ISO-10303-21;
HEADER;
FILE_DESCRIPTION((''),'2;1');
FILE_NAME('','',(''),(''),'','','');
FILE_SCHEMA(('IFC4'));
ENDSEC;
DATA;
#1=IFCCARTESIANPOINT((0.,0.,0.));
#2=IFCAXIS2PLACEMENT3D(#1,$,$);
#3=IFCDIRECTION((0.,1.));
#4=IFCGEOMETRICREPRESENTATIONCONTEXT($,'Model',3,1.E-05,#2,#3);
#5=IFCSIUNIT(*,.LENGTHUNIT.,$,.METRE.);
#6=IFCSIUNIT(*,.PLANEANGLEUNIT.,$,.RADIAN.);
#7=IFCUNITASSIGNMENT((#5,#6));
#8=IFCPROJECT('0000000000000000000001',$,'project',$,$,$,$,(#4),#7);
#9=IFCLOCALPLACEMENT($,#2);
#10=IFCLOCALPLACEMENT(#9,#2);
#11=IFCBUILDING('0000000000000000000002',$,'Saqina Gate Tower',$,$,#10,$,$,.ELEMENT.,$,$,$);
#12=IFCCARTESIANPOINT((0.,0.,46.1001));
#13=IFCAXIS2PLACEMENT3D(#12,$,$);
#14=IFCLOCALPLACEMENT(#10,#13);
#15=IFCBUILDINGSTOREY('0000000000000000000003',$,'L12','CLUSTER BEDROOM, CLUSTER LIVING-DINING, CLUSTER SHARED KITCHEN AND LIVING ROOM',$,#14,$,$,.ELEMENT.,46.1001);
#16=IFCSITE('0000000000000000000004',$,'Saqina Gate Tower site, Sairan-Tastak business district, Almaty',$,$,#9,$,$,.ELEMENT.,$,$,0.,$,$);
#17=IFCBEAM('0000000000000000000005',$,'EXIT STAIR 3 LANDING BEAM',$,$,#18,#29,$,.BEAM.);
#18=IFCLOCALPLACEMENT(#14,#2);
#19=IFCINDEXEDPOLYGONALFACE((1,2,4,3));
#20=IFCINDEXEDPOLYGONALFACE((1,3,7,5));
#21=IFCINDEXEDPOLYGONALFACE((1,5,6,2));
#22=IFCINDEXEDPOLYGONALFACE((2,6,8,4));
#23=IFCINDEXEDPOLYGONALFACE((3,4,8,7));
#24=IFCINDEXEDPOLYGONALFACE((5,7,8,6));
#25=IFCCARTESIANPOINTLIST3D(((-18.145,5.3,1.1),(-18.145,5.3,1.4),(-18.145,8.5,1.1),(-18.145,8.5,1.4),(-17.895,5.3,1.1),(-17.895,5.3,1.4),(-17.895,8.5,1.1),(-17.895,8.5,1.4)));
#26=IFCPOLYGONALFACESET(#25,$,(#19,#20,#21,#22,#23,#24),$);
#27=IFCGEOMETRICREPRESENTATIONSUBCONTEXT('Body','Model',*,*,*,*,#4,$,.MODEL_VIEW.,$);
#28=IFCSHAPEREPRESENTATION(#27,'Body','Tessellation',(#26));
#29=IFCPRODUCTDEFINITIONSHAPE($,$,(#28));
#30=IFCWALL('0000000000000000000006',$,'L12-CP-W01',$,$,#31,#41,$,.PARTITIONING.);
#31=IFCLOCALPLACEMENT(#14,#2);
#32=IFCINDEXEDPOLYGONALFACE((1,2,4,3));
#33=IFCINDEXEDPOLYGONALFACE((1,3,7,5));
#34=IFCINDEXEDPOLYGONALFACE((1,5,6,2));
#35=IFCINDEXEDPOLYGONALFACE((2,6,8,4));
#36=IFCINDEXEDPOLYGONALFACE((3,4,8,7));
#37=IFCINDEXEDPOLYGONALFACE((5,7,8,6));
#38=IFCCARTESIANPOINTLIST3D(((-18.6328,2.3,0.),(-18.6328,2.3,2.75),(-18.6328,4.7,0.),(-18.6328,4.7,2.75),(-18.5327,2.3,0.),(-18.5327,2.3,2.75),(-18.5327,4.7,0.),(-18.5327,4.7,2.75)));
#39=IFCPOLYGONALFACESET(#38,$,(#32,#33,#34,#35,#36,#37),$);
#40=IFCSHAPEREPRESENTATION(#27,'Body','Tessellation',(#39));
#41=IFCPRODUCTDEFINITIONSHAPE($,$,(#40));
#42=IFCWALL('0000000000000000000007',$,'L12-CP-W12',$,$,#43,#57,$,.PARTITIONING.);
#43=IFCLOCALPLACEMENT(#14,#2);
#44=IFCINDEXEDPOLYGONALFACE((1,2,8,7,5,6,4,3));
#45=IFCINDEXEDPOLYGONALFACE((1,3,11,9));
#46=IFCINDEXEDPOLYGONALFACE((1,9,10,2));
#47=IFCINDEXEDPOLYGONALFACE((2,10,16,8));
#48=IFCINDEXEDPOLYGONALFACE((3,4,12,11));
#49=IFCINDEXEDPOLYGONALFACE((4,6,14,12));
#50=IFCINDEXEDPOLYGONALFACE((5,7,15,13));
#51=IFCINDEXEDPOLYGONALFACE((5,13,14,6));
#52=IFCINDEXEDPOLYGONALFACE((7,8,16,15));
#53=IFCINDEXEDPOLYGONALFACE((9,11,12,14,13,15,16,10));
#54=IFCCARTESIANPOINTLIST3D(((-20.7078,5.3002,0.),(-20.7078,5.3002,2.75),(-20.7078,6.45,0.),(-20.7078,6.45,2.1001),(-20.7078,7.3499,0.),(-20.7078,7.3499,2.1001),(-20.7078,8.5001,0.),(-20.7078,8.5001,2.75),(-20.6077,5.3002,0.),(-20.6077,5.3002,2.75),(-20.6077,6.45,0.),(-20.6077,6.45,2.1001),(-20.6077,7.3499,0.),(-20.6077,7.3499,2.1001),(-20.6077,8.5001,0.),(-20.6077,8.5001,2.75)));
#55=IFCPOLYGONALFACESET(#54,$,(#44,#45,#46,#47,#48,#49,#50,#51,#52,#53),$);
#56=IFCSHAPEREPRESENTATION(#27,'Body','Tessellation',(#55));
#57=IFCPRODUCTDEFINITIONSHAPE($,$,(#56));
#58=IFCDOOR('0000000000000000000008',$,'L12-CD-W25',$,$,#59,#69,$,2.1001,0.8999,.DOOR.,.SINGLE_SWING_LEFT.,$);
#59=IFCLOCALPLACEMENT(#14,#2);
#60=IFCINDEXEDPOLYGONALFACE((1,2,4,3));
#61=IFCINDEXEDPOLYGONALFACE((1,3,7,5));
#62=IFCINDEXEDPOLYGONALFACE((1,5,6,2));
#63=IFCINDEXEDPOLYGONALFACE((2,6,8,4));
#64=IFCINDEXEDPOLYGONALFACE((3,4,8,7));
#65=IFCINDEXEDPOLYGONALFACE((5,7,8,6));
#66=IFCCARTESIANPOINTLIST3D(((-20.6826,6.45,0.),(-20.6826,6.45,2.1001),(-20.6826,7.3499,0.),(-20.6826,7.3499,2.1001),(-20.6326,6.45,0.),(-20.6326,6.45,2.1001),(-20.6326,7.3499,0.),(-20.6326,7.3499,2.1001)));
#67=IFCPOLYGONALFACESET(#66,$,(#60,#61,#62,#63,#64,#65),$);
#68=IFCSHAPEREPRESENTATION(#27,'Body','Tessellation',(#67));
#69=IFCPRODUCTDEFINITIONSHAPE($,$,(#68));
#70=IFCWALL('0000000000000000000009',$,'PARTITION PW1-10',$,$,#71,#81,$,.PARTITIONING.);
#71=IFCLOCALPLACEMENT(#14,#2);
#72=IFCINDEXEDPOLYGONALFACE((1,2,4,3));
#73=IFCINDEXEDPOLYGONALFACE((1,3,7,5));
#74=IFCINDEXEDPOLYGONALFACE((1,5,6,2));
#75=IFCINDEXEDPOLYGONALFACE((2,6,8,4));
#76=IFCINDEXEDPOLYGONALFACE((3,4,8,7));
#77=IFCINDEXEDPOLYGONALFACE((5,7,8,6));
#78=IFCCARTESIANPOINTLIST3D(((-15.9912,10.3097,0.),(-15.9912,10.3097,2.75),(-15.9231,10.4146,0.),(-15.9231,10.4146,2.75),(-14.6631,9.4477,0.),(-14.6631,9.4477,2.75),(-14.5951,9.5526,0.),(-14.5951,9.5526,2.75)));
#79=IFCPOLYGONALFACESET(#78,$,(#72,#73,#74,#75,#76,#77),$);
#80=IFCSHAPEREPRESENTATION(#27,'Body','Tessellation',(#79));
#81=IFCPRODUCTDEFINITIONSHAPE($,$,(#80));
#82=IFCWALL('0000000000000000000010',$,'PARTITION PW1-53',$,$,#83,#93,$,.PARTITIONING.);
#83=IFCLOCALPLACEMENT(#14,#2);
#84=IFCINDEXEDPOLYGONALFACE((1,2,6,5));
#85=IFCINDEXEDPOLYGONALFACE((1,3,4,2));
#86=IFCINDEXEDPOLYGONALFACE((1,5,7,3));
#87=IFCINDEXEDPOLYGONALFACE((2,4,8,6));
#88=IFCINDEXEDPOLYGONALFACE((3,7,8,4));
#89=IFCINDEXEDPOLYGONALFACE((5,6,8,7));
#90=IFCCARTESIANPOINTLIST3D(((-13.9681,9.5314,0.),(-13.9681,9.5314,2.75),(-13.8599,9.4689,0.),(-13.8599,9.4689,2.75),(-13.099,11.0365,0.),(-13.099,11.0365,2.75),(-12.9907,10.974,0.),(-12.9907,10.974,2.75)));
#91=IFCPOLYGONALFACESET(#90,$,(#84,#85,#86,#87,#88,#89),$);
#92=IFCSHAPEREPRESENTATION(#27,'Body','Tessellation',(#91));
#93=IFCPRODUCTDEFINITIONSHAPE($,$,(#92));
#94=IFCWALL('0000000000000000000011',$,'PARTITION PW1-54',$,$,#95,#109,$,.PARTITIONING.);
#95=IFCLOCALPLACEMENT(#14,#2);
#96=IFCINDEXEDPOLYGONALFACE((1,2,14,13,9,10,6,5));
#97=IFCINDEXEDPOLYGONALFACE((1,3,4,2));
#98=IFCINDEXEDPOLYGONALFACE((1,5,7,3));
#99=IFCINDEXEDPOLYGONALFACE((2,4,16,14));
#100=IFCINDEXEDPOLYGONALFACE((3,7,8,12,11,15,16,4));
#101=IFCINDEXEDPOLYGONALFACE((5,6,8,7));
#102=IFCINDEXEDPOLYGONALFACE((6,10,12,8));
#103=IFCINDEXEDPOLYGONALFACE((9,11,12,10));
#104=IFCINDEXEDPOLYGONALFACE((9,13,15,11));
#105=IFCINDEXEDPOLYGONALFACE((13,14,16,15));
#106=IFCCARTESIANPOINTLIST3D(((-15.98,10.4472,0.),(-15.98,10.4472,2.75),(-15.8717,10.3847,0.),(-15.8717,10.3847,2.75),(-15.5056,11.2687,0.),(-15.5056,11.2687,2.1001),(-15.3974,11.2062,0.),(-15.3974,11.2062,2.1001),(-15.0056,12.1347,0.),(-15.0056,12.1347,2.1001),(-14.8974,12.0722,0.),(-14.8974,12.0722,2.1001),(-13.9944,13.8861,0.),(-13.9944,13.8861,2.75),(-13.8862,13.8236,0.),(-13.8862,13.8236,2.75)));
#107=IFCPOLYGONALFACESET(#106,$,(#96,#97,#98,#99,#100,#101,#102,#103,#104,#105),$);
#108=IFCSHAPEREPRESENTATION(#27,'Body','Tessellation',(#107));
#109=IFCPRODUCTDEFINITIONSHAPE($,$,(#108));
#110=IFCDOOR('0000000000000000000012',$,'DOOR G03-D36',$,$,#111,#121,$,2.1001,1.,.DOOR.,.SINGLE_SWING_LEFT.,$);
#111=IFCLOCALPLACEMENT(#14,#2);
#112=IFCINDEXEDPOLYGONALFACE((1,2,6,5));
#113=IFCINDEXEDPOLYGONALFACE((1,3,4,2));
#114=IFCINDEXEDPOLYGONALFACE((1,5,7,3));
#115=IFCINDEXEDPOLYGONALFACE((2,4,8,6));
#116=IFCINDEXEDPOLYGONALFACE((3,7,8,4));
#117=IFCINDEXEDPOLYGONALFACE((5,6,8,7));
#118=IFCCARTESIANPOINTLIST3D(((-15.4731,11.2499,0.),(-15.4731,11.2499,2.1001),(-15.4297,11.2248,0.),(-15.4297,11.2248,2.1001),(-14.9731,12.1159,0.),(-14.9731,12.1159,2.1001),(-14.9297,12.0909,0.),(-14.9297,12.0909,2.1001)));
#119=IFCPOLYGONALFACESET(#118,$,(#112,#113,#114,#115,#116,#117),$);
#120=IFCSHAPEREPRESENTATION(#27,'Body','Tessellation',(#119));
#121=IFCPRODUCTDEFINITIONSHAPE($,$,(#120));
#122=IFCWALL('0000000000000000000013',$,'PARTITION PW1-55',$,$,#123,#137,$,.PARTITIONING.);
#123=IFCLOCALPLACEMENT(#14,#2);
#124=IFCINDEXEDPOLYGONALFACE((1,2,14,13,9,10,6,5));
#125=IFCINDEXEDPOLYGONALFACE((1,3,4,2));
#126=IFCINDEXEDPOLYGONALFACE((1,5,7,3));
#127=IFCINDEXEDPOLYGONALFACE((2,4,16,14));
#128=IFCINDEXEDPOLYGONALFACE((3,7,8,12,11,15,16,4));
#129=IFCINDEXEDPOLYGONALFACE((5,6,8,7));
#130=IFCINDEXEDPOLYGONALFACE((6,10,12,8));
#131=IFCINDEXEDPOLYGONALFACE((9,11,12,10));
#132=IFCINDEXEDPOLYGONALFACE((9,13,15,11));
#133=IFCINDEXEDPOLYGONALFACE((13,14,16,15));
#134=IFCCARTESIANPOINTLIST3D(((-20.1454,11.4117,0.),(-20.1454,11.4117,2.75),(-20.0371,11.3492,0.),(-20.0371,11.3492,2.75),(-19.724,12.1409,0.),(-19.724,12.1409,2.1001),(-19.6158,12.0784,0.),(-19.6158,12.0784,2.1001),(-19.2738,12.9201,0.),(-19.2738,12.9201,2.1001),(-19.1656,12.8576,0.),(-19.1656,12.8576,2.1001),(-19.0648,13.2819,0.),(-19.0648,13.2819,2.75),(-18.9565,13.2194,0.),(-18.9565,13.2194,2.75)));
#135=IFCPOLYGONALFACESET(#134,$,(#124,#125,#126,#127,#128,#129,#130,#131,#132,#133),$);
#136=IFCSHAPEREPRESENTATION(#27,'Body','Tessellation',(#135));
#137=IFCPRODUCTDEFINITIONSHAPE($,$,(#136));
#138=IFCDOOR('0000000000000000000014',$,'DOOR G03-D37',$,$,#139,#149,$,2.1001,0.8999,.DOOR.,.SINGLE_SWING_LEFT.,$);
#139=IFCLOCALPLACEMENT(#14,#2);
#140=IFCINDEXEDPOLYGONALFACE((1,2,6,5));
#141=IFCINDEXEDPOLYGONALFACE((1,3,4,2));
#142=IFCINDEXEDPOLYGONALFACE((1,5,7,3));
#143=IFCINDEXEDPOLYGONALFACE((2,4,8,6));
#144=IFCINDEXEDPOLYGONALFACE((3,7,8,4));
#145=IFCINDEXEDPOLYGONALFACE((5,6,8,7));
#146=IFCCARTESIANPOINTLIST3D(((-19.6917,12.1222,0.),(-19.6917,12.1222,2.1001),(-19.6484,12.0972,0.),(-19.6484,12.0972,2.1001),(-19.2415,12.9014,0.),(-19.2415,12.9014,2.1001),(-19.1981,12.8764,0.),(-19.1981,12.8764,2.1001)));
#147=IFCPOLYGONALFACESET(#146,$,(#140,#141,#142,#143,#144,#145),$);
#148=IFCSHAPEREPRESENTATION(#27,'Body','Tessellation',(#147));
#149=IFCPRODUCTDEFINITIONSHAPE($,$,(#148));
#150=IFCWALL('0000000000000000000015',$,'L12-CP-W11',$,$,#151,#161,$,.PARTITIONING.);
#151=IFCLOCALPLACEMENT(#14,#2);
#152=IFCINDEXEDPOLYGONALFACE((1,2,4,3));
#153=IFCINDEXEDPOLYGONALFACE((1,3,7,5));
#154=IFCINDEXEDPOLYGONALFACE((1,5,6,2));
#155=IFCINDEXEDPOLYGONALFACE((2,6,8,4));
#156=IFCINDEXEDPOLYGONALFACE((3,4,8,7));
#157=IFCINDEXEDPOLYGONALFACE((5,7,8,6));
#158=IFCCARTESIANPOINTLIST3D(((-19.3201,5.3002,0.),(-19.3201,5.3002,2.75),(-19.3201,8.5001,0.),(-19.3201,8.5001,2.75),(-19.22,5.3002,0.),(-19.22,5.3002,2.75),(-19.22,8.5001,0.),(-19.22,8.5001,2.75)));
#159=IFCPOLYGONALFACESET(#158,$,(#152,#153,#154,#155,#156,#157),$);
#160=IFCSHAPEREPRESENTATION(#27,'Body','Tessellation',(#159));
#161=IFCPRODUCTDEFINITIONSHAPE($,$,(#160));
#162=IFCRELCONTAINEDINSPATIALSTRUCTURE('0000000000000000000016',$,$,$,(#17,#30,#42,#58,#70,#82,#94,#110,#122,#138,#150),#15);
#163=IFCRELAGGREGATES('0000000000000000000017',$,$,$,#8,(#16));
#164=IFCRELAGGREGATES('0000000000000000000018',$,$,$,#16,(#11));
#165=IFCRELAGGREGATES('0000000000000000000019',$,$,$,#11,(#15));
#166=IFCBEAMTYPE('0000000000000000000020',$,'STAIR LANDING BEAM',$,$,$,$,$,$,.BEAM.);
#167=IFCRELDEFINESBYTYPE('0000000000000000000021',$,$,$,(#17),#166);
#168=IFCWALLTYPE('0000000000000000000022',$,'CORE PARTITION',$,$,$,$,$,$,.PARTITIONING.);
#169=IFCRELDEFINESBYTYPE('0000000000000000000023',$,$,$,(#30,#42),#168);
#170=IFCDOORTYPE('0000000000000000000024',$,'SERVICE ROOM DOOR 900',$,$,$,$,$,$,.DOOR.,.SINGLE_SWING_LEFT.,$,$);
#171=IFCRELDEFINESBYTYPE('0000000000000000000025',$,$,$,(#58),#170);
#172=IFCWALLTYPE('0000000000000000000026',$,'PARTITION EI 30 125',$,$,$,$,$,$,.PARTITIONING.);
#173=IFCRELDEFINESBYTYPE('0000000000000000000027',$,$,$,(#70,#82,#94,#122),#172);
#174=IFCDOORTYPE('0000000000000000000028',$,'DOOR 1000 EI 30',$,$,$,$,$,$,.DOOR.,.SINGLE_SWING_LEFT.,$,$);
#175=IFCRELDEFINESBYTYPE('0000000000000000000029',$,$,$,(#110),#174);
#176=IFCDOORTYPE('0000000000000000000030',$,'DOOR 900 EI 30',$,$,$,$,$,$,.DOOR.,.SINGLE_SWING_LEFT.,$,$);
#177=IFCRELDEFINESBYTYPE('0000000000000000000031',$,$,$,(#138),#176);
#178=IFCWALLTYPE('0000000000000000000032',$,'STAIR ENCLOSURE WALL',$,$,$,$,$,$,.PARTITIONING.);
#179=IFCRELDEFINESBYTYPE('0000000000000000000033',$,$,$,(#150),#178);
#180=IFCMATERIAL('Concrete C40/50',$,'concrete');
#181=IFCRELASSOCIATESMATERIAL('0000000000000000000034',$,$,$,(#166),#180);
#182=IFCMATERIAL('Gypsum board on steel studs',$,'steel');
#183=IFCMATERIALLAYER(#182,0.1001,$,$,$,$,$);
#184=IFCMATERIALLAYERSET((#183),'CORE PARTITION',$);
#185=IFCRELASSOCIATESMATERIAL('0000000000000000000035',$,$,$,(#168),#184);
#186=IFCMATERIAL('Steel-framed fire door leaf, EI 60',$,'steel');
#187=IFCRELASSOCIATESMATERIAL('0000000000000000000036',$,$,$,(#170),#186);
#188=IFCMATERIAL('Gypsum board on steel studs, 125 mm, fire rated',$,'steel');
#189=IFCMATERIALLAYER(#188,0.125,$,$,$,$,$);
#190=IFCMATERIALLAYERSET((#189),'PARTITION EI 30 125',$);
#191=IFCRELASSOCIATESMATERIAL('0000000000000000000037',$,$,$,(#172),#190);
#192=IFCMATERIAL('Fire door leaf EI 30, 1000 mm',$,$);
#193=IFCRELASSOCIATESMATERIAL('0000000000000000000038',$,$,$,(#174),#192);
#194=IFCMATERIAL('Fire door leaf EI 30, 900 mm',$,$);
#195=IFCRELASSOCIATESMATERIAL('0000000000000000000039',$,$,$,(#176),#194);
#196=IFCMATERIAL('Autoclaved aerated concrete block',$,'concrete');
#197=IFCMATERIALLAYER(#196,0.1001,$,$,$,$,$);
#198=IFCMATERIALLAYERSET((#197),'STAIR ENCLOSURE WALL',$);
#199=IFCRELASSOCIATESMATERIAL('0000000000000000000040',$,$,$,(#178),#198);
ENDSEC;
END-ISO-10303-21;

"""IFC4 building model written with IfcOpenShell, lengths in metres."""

from ifc_helpers import new_model, si_unit, direction, frame, frame_2d, origin, origin_2d, place, context, subcontext, project, spatial, rectangle, extrude, material, layer, layer_set, material_profile, profile_set, type_object, element, fill, save


model = new_model("IFC4")

# Units and contexts
model_context = context("Model", 3, precision=1e-05, world=origin(), true_north=direction((0.0, 1.0)))
body_context = subcontext(model_context, "Body", "Model", "MODEL_VIEW")
ifc_project = project(units=[si_unit("LENGTHUNIT", "METRE"), si_unit("PLANEANGLEUNIT", "RADIAN")], contexts=[model_context])

# Site, building, storey
site_placement = place(None, origin())
site = spatial("IfcSite", under=ifc_project, at=site_placement, Name="Saqina Gate Tower site, Sairan-Tastak business district, Almaty", CompositionType="ELEMENT", RefElevation=0.0)
building_placement = place(site_placement, origin())
building = spatial("IfcBuilding", under=site, at=building_placement, Name="Saqina Gate Tower", CompositionType="ELEMENT")
storey_placement = place(building_placement, frame((0.0, 0.0, 46.1001)))
storey = spatial("IfcBuildingStorey", under=building, at=storey_placement, Name="L12", Description="CLUSTER BEDROOM, CLUSTER LIVING-DINING, CLUSTER SHARED KITCHEN AND LIVING ROOM", CompositionType="ELEMENT", Elevation=46.1001)

# Beam
ifc_material_1 = material(Name="Concrete C40/50", Category="concrete")
ifc_material_profile = material_profile(ifc_material_1, rectangle(XDim=0.25, YDim=0.3, at=origin_2d()), Name="STAIR LANDING BEAM")
ifc_profile_set = profile_set([ifc_material_profile], Name="Concrete C40/50")
beam_type = type_object("IfcBeamType", Name="STAIR LANDING BEAM", PredefinedType="BEAM", material=ifc_profile_set)
beam_placement = place(storey_placement, frame((-18.02, 5.3, 1.25), z_axis=(0.0, 1.0, 0.0), x_axis=(-1.0, 0.0, 0.0)))
element("IfcBeam", 1, at=beam_placement, inside=storey, type_object=beam_type, Name="EXIT STAIR 3 LANDING BEAM", PredefinedType="BEAM", context=body_context, shape_type="SweptSolid", body=[
    extrude(rectangle(XDim=0.25, YDim=0.3, at=origin_2d()), origin(), (0.0, 0.0, 1.0), 3.2),
])

# Wall
ifc_material_2 = material(Name="Gypsum board on steel studs", Category="steel")
ifc_layer_1 = layer(ifc_material_2, 0.1001)
ifc_layer_set_1 = layer_set([ifc_layer_1], Name="CORE PARTITION")
wall_type_1 = type_object("IfcWallType", Name="CORE PARTITION", PredefinedType="PARTITIONING", material=ifc_layer_set_1)
wall_1_placement = place(storey_placement, frame((-18.5828, 2.3, 0.0), z_axis=(0.0, 0.0, 1.0), x_axis=(0.0, 1.0, 0.0)))
element("IfcWall", 2, at=wall_1_placement, inside=storey, type_object=wall_type_1, Name="L12-CP-W01", PredefinedType="PARTITIONING", context=body_context, shape_type="SweptSolid", body=[
    extrude(rectangle(XDim=2.3999, YDim=0.1001, at=frame_2d((1.2, 0.0))), origin(), (0.0, 0.0, 1.0), 2.75),
])

# Wall, opening, door
wall_2_placement = place(storey_placement, frame((-20.6577, 5.3, 0.0), z_axis=(0.0, 0.0, 1.0), x_axis=(0.0, 1.0, 0.0)))
wall_2 = element("IfcWall", 3, at=wall_2_placement, inside=storey, type_object=wall_type_1, Name="L12-CP-W12", PredefinedType="PARTITIONING", context=body_context, shape_type="SweptSolid", body=[
    extrude(rectangle(XDim=3.2, YDim=0.1001, at=frame_2d((1.6001, 0.0))), origin(), (0.0, 0.0, 1.0), 2.75),
])
opening_1_placement = place(wall_2_placement, frame((1.1499, 0.0, 0.0)))
opening_1 = element("IfcOpeningElement", 4, at=opening_1_placement, cuts=wall_2, PredefinedType="OPENING", context=body_context, shape_type="SweptSolid", body=[
    extrude(rectangle(XDim=0.8999, YDim=2.1001, at=frame_2d((0.45, 1.05))), frame((0.0, 0.062, 0.0), z_axis=(0.0, -1.0, 0.0), x_axis=(1.0, 0.0, 0.0)), (0.0, 0.0, 1.0), 0.124),
])
ifc_material_3 = material(Name="Steel-framed fire door leaf, EI 60", Category="steel")
door_type_1 = type_object("IfcDoorType", Name="SERVICE ROOM DOOR 900", OperationType="SINGLE_SWING_LEFT", PredefinedType="DOOR", material=ifc_material_3)
door_1_placement = place(opening_1_placement, origin())
door_1 = element("IfcDoor", 5, at=door_1_placement, inside=storey, type_object=door_type_1, Name="L12-CD-W25", OperationType="SINGLE_SWING_LEFT", OverallHeight=2.1001, OverallWidth=0.8999, PredefinedType="DOOR", context=body_context, shape_type="SweptSolid", body=[
    extrude(rectangle(XDim=0.8999, YDim=2.1001, at=frame_2d((0.45, 1.05))), frame((0.0, 0.0249, 0.0), z_axis=(0.0, -1.0, 0.0), x_axis=(1.0, 0.0, 0.0)), (0.0, 0.0, 1.0), 0.05),
])
fill(opening_1, door_1)

# Walls
ifc_material_4 = material(Name="Gypsum board on steel studs, 125 mm, fire rated", Category="steel")
ifc_layer_2 = layer(ifc_material_4, 0.125)
ifc_layer_set_2 = layer_set([ifc_layer_2], Name="PARTITION EI 30 125")
wall_type_2 = type_object("IfcWallType", Name="PARTITION EI 30 125", PredefinedType="PARTITIONING", material=ifc_layer_set_2)
wall_3_placement = place(storey_placement, frame((-15.957, 10.3621, 0.0), z_axis=(0.0, 0.0, 1.0), x_axis=(0.838796, -0.544446, 0.0)))
element("IfcWall", 6, at=wall_3_placement, inside=storey, type_object=wall_type_2, Name="PARTITION PW1-10", PredefinedType="PARTITIONING", context=body_context, shape_type="SweptSolid", body=[
    extrude(rectangle(XDim=1.5833, YDim=0.125, at=frame_2d((0.7915, 0.0))), origin(), (0.0, 0.0, 1.0), 2.75),
])
wall_4_placement = place(storey_placement, frame((-13.9141, 9.5, 0.0), z_axis=(0.0, 0.0, 1.0), x_axis=(0.500067, 0.865987, 0.0)))
element("IfcWall", 7, at=wall_4_placement, inside=storey, type_object=wall_type_2, Name="PARTITION PW1-53", PredefinedType="PARTITIONING", context=body_context, shape_type="SweptSolid", body=[
    extrude(rectangle(XDim=1.738, YDim=0.125, at=frame_2d((0.8691, 0.0))), origin(), (0.0, 0.0, 1.0), 2.75),
])

# Walls, openings, doors
wall_5_placement = place(storey_placement, frame((-15.9258, 10.416, 0.0), z_axis=(0.0, 0.0, 1.0), x_axis=(0.50002, 0.866014, 0.0)))
wall_5 = element("IfcWall", 8, at=wall_5_placement, inside=storey, type_object=wall_type_2, Name="PARTITION PW1-54", PredefinedType="PARTITIONING", context=body_context, shape_type="SweptSolid", body=[
    extrude(rectangle(XDim=3.9709, YDim=0.125, at=frame_2d((1.9854, 0.0))), origin(), (0.0, 0.0, 1.0), 2.75),
])
opening_2_placement = place(wall_5_placement, frame((0.9485, 0.0, 0.0)))
opening_2 = element("IfcOpeningElement", 9, at=opening_2_placement, cuts=wall_5, PredefinedType="OPENING", context=body_context, shape_type="SweptSolid", body=[
    extrude(rectangle(XDim=1.0, YDim=2.1001, at=frame_2d((0.5, 1.05))), frame((0.0, 0.0745, 0.0), z_axis=(0.0, -1.0, 0.0), x_axis=(1.0, 0.0, 0.0)), (0.0, 0.0, 1.0), 0.1489),
])
ifc_material_5 = material(Name="Fire door leaf EI 30, 1000 mm")
door_type_2 = type_object("IfcDoorType", Name="DOOR 1000 EI 30", OperationType="SINGLE_SWING_LEFT", PredefinedType="DOOR", material=ifc_material_5)
door_2_placement = place(opening_2_placement, origin())
door_2 = element("IfcDoor", 10, at=door_2_placement, inside=storey, type_object=door_type_2, Name="DOOR G03-D36", OperationType="SINGLE_SWING_LEFT", OverallHeight=2.1001, OverallWidth=1.0, PredefinedType="DOOR", context=body_context, shape_type="SweptSolid", body=[
    extrude(rectangle(XDim=1.0, YDim=2.1001, at=frame_2d((0.5, 1.05))), frame((0.0, 0.0249, 0.0), z_axis=(0.0, -1.0, 0.0), x_axis=(1.0, 0.0, 0.0)), (0.0, 0.0, 1.0), 0.05),
])
fill(opening_2, door_2)
wall_6_placement = place(storey_placement, frame((-20.0913, 11.3804, 0.0), z_axis=(0.0, 0.0, 1.0), x_axis=(0.500296, 0.865854, 0.0)))
wall_6 = element("IfcWall", 11, at=wall_6_placement, inside=storey, type_object=wall_type_2, Name="PARTITION PW1-55", PredefinedType="PARTITIONING", context=body_context, shape_type="SweptSolid", body=[
    extrude(rectangle(XDim=2.1599, YDim=0.125, at=frame_2d((1.0801, 0.0))), origin(), (0.0, 0.0, 1.0), 2.75),
])
opening_3_placement = place(wall_6_placement, frame((0.8423, 0.0, 0.0)))
opening_3 = element("IfcOpeningElement", 12, at=opening_3_placement, cuts=wall_6, PredefinedType="OPENING", context=body_context, shape_type="SweptSolid", body=[
    extrude(rectangle(XDim=0.8999, YDim=2.1001, at=frame_2d((0.45, 1.05))), frame((0.0, 0.0745, 0.0), z_axis=(0.0, -1.0, 0.0), x_axis=(1.0, 0.0, 0.0)), (0.0, 0.0, 1.0), 0.1489),
])
ifc_material_6 = material(Name="Fire door leaf EI 30, 900 mm")
door_type_3 = type_object("IfcDoorType", Name="DOOR 900 EI 30", OperationType="SINGLE_SWING_LEFT", PredefinedType="DOOR", material=ifc_material_6)
door_3_placement = place(opening_3_placement, frame((0.8999, 0.0, 0.0), z_axis=(0.0, 0.0, 1.0), x_axis=(-1.0, 0.0, 0.0)))
door_3 = element("IfcDoor", 13, at=door_3_placement, inside=storey, type_object=door_type_3, Name="DOOR G03-D37", OperationType="SINGLE_SWING_LEFT", OverallHeight=2.1001, OverallWidth=0.8999, PredefinedType="DOOR", context=body_context, shape_type="SweptSolid", body=[
    extrude(rectangle(XDim=0.8999, YDim=2.1001, at=frame_2d((0.45, 1.05))), frame((0.0, 0.0249, 0.0), z_axis=(0.0, -1.0, 0.0), x_axis=(1.0, 0.0, 0.0)), (0.0, 0.0, 1.0), 0.05),
])
fill(opening_3, door_3)

# Wall
ifc_material_7 = material(Name="Autoclaved aerated concrete block", Category="concrete")
ifc_layer_3 = layer(ifc_material_7, 0.1001)
ifc_layer_set_3 = layer_set([ifc_layer_3], Name="STAIR ENCLOSURE WALL")
wall_type_3 = type_object("IfcWallType", Name="STAIR ENCLOSURE WALL", PredefinedType="PARTITIONING", material=ifc_layer_set_3)
wall_7_placement = place(storey_placement, frame((-19.27, 5.3, 0.0), z_axis=(0.0, 0.0, 1.0), x_axis=(0.0, 1.0, 0.0)))
element("IfcWall", 14, at=wall_7_placement, inside=storey, type_object=wall_type_3, Name="L12-CP-W11", PredefinedType="PARTITIONING", context=body_context, shape_type="SweptSolid", body=[
    extrude(rectangle(XDim=3.2, YDim=0.1001, at=frame_2d((1.6001, 0.0))), origin(), (0.0, 0.0, 1.0), 2.75),
])

save(model, "model.ifc")
